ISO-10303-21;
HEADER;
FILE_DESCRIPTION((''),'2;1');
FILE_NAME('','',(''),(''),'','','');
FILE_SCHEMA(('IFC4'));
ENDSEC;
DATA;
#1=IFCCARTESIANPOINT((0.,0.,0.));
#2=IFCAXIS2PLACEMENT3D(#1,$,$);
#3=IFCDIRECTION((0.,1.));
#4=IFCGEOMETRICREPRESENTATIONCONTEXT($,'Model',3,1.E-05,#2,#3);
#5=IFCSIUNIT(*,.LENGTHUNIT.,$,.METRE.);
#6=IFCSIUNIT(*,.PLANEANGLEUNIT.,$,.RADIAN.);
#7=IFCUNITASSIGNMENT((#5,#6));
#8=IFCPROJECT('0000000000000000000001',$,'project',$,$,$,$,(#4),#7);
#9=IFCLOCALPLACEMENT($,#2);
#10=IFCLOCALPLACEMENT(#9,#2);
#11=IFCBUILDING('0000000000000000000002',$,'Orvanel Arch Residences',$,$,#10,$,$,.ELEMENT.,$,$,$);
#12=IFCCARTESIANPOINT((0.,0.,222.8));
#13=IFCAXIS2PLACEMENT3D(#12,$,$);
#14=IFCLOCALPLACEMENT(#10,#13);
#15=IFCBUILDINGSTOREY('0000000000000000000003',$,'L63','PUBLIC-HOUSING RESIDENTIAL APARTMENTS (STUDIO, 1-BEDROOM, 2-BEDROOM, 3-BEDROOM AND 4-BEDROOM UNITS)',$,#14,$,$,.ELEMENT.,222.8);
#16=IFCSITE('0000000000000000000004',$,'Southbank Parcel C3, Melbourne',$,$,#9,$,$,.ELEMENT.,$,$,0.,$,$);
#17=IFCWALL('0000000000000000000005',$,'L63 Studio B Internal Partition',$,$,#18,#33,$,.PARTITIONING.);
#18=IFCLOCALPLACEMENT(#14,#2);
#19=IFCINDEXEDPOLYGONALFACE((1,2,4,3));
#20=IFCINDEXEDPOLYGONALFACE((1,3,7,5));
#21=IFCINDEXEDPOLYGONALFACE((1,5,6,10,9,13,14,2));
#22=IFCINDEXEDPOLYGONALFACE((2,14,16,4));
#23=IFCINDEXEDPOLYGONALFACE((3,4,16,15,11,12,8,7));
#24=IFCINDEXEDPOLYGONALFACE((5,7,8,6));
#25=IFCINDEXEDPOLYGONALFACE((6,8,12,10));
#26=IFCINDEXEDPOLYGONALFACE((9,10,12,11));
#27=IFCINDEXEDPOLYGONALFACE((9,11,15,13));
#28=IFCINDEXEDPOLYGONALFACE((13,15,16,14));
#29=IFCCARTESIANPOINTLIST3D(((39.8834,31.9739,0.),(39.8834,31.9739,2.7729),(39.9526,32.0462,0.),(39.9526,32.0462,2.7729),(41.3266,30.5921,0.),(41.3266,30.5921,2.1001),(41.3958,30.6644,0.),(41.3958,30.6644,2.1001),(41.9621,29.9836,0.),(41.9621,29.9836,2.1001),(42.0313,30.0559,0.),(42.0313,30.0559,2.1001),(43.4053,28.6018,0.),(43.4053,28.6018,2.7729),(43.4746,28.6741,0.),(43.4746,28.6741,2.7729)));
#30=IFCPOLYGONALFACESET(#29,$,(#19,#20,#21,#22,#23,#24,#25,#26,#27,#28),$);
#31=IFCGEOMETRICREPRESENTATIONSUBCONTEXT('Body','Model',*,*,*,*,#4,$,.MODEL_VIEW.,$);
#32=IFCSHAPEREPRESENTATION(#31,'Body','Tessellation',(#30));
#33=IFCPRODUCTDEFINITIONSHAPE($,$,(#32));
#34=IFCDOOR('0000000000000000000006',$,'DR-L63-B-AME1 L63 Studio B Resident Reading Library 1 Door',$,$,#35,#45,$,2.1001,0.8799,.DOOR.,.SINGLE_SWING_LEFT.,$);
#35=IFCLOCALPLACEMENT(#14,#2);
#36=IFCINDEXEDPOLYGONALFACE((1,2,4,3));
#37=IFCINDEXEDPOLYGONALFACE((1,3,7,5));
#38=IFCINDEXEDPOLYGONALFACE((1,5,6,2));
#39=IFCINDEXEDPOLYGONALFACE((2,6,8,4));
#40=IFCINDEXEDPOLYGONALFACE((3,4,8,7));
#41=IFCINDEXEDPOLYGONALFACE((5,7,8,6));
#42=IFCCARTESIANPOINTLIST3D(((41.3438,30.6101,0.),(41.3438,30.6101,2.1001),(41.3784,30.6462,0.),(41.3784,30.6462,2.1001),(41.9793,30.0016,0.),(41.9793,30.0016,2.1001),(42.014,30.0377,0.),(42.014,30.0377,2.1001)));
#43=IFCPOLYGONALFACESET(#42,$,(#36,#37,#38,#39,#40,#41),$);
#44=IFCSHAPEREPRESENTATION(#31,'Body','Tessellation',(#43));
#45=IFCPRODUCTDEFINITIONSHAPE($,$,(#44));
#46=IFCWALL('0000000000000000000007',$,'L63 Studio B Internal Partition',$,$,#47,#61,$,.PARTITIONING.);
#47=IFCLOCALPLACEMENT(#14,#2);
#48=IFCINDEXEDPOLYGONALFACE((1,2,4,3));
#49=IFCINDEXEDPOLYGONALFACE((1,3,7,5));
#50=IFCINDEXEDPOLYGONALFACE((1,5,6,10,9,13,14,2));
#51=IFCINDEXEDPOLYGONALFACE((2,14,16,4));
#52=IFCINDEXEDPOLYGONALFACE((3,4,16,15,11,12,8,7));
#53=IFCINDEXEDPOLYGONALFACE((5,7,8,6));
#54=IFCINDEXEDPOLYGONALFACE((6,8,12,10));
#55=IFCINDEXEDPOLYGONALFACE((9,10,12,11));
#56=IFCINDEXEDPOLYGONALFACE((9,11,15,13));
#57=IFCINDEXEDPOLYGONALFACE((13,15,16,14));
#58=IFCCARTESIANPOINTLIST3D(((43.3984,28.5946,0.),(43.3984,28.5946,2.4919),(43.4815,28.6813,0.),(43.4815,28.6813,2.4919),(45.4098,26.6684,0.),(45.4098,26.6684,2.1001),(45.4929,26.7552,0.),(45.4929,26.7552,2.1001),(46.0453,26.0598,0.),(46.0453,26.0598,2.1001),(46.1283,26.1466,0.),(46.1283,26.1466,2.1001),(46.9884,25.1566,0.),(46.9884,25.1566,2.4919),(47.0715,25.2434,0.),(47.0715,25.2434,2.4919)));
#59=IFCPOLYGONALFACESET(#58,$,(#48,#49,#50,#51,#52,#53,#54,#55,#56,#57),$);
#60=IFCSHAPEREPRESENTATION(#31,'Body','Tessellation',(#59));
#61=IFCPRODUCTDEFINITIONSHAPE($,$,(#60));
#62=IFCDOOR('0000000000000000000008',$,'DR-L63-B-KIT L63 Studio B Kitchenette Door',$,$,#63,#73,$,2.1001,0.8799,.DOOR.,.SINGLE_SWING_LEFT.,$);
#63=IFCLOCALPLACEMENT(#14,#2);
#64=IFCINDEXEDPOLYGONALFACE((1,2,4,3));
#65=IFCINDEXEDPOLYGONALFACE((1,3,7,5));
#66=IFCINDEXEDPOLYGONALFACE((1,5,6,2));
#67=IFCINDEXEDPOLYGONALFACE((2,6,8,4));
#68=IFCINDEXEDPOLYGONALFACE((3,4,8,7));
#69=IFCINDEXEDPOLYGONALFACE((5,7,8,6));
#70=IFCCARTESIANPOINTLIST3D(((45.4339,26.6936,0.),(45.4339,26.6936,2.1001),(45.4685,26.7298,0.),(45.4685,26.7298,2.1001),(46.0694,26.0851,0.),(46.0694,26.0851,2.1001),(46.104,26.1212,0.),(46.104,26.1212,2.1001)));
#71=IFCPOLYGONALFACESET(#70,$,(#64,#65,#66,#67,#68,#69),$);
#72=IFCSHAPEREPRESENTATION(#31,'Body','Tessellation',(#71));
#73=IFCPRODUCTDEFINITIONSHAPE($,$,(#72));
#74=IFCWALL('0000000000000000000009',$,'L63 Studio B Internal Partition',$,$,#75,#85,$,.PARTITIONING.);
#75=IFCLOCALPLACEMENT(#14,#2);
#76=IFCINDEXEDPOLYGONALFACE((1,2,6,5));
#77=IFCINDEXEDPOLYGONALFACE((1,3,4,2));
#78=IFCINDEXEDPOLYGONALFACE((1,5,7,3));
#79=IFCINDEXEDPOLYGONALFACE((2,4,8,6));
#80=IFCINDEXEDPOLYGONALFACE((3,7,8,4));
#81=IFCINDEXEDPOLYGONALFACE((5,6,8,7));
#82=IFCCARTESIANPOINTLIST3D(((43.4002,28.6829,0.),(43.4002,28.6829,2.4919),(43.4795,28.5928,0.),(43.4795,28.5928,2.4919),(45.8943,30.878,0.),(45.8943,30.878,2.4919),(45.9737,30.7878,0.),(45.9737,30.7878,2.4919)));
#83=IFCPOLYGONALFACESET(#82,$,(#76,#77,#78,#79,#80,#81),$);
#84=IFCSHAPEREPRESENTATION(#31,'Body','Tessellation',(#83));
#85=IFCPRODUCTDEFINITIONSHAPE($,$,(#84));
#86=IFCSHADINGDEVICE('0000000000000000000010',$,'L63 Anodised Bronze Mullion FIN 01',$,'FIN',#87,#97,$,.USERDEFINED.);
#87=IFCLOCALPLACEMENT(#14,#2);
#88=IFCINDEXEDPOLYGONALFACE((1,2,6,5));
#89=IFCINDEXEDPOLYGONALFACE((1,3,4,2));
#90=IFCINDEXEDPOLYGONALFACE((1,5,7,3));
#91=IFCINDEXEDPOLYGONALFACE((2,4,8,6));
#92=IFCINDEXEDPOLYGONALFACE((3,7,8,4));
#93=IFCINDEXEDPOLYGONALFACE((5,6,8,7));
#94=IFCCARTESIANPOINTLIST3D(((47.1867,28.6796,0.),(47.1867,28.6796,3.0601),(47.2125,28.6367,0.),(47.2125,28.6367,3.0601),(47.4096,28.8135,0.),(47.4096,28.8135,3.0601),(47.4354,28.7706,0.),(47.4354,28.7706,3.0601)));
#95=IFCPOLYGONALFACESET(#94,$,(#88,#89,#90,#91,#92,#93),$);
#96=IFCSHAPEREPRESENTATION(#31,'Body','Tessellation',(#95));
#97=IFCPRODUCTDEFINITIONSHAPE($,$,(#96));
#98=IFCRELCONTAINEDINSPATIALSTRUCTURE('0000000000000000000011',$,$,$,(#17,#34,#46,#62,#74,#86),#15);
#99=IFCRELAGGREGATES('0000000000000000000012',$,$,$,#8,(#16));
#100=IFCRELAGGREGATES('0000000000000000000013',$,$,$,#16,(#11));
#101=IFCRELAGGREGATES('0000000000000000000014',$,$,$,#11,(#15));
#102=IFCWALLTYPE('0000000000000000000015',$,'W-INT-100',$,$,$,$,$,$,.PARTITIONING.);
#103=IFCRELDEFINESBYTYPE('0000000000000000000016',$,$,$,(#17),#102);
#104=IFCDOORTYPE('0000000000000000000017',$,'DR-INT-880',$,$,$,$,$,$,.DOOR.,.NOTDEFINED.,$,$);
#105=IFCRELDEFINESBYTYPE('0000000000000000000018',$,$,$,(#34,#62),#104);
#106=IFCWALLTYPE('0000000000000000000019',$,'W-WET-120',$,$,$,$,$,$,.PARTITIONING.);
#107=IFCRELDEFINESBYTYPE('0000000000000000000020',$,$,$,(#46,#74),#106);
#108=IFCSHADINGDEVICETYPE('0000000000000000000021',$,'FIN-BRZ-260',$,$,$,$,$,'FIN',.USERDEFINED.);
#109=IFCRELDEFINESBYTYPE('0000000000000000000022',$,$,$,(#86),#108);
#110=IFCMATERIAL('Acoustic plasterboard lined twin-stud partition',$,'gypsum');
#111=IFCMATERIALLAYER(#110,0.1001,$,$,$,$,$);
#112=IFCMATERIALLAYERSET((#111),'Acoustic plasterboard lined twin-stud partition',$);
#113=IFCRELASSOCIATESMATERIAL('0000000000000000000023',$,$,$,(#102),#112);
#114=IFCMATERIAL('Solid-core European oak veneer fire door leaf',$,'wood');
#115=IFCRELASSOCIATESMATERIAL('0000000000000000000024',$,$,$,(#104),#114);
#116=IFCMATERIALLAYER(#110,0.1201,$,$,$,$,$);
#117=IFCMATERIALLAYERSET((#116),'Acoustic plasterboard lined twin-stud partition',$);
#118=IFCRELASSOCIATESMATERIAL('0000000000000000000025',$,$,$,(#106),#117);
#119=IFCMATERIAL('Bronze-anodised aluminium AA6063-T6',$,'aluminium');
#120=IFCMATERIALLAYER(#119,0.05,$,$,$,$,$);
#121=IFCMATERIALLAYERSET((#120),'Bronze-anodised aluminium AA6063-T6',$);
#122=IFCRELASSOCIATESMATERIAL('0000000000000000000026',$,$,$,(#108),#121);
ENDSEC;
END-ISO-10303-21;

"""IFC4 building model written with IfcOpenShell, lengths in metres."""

from ifc_helpers import new_model, si_unit, direction, frame, frame_2d, origin, origin_2d, place, context, subcontext, project, spatial, rectangle, extrude, material, layer, layer_set, type_object, element, fill, save


model = new_model("IFC4")

# Units and contexts
model_context = context("Model", 3, precision=1e-05, world=origin(), true_north=direction((0.0, 1.0)))
body_context = subcontext(model_context, "Body", "Model", "MODEL_VIEW")
ifc_project = project(units=[si_unit("LENGTHUNIT", "METRE"), si_unit("PLANEANGLEUNIT", "RADIAN")], contexts=[model_context])

# Site, building, storey
site_placement = place(None, origin())
site = spatial("IfcSite", under=ifc_project, at=site_placement, Name="Southbank Parcel C3, Melbourne", CompositionType="ELEMENT", RefElevation=0.0)
building_placement = place(site_placement, origin())
building = spatial("IfcBuilding", under=site, at=building_placement, Name="Orvanel Arch Residences", CompositionType="ELEMENT")
storey_placement = place(building_placement, frame((0.0, 0.0, 222.8)))
storey = spatial("IfcBuildingStorey", under=building, at=storey_placement, Name="L63", Description="PUBLIC-HOUSING RESIDENTIAL APARTMENTS (STUDIO, 1-BEDROOM, 2-BEDROOM, 3-BEDROOM AND 4-BEDROOM UNITS)", CompositionType="ELEMENT", Elevation=222.8)

# Shared definitions
ifc_material_1 = material(Name="Bronze-anodised aluminium AA6063-T6", Category="aluminium")

# Walls, openings, doors
ifc_material_2 = material(Name="Acoustic plasterboard lined twin-stud partition", Category="gypsum")
ifc_layer_1 = layer(ifc_material_2, 0.1001)
ifc_layer_set_1 = layer_set([ifc_layer_1], Name="Acoustic plasterboard lined twin-stud partition")
wall_type_1 = type_object("IfcWallType", Name="W-INT-100", PredefinedType="PARTITIONING", material=ifc_layer_set_1)
wall_1_placement = place(storey_placement, frame((39.918, 32.01, 0.0), z_axis=(0.0, 0.0, 1.0), x_axis=(0.722311, -0.691568, 0.0)))
wall_1 = element("IfcWall", 1, at=wall_1_placement, inside=storey, type_object=wall_type_1, Name="L63 Studio B Internal Partition", PredefinedType="PARTITIONING", context=body_context, shape_type="SweptSolid", body=[
    extrude(rectangle(XDim=4.876, YDim=0.1001, at=frame_2d((2.438, 0.0))), origin(), (0.0, 0.0, 1.0), 2.7729),
])
opening_1_placement = place(wall_1_placement, frame((1.998, 0.0, 0.0)))
opening_1 = element("IfcOpeningElement", 2, at=opening_1_placement, cuts=wall_1, PredefinedType="OPENING", context=body_context, shape_type="SweptSolid", body=[
    extrude(rectangle(XDim=0.8799, YDim=2.1001, at=frame_2d((0.4399, 1.05))), frame((0.0, 0.0601, 0.0), z_axis=(0.0, -1.0, 0.0), x_axis=(1.0, 0.0, 0.0)), (0.0, 0.0, 1.0), 0.1201),
])
ifc_material_3 = material(Name="Solid-core European oak veneer fire door leaf", Category="wood")
door_type = type_object("IfcDoorType", Name="DR-INT-880", OperationType="NOTDEFINED", PredefinedType="DOOR", material=ifc_material_3)
door_1_placement = place(opening_1_placement, origin())
door_1 = element("IfcDoor", 3, at=door_1_placement, inside=storey, type_object=door_type, Name="DR-L63-B-AME1 L63 Studio B Resident Reading Library 1 Door", OperationType="SINGLE_SWING_LEFT", OverallHeight=2.1001, OverallWidth=0.8799, PredefinedType="DOOR", context=body_context, shape_type="SweptSolid", body=[
    extrude(rectangle(XDim=0.8799, YDim=2.1001, at=frame_2d((0.4399, 1.05))), frame((0.0, 0.0249, 0.0), z_axis=(0.0, -1.0, 0.0), x_axis=(1.0, 0.0, 0.0)), (0.0, 0.0, 1.0), 0.05),
])
fill(opening_1, door_1)
ifc_layer_2 = layer(ifc_material_2, 0.1201)
ifc_layer_set_2 = layer_set([ifc_layer_2], Name="Acoustic plasterboard lined twin-stud partition")
wall_type_2 = type_object("IfcWallType", Name="W-WET-120", PredefinedType="PARTITIONING", material=ifc_layer_set_2)
wall_2_placement = place(storey_placement, frame((43.4399, 28.6379, 0.0), z_axis=(0.0, 0.0, 1.0), x_axis=(0.722241, -0.691642, 0.0)))
wall_2 = element("IfcWall", 4, at=wall_2_placement, inside=storey, type_object=wall_type_2, Name="L63 Studio B Internal Partition", PredefinedType="PARTITIONING", context=body_context, shape_type="SweptSolid", body=[
    extrude(rectangle(XDim=4.9707, YDim=0.1201, at=frame_2d((2.4854, 0.0))), origin(), (0.0, 0.0, 1.0), 2.4919),
])
opening_2_placement = place(wall_2_placement, frame((2.7849, 0.0, 0.0)))
opening_2 = element("IfcOpeningElement", 5, at=opening_2_placement, cuts=wall_2, PredefinedType="OPENING", context=body_context, shape_type="SweptSolid", body=[
    extrude(rectangle(XDim=0.8799, YDim=2.1001, at=frame_2d((0.4399, 1.05))), frame((0.0, 0.0701, 0.0), z_axis=(0.0, -1.0, 0.0), x_axis=(1.0, 0.0, 0.0)), (0.0, 0.0, 1.0), 0.1401),
])
door_2_placement = place(opening_2_placement, origin())
door_2 = element("IfcDoor", 6, at=door_2_placement, inside=storey, type_object=door_type, Name="DR-L63-B-KIT L63 Studio B Kitchenette Door", OperationType="SINGLE_SWING_LEFT", OverallHeight=2.1001, OverallWidth=0.8799, PredefinedType="DOOR", context=body_context, shape_type="SweptSolid", body=[
    extrude(rectangle(XDim=0.8799, YDim=2.1001, at=frame_2d((0.4399, 1.05))), frame((0.0, 0.0249, 0.0), z_axis=(0.0, -1.0, 0.0), x_axis=(1.0, 0.0, 0.0)), (0.0, 0.0, 1.0), 0.05),
])
fill(opening_2, door_2)

# Wall
wall_3_placement = place(storey_placement, frame((43.4399, 28.6379, 0.0), z_axis=(0.0, 0.0, 1.0), x_axis=(0.75068, 0.660666, 0.0)))
element("IfcWall", 7, at=wall_3_placement, inside=storey, type_object=wall_type_2, Name="L63 Studio B Internal Partition", PredefinedType="PARTITIONING", context=body_context, shape_type="SweptSolid", body=[
    extrude(rectangle(XDim=3.3225, YDim=0.1201, at=frame_2d((1.6611, 0.0))), origin(), (0.0, 0.0, 1.0), 2.4919),
])

# Shading device
ifc_layer_3 = layer(ifc_material_1, 0.05)
ifc_layer_set_3 = layer_set([ifc_layer_3], Name="Bronze-anodised aluminium AA6063-T6")
shading_device_type = type_object("IfcShadingDeviceType", Name="FIN-BRZ-260", ElementType="FIN", PredefinedType="USERDEFINED", material=ifc_layer_set_3)
shading_device_placement = place(storey_placement, frame((47.311, 28.7251, 0.0), z_axis=(0.0, 0.0, 1.0), x_axis=(0.857167, 0.515038, 0.0)))
element("IfcShadingDevice", 8, at=shading_device_placement, inside=storey, type_object=shading_device_type, Name="L63 Anodised Bronze Mullion FIN 01", ObjectType="FIN", PredefinedType="USERDEFINED", context=body_context, shape_type="SweptSolid", body=[
    extrude(rectangle(XDim=0.26, YDim=0.05, at=origin_2d()), origin(), (0.0, 0.0, 1.0), 3.0601),
])

save(model, "model.ifc")
